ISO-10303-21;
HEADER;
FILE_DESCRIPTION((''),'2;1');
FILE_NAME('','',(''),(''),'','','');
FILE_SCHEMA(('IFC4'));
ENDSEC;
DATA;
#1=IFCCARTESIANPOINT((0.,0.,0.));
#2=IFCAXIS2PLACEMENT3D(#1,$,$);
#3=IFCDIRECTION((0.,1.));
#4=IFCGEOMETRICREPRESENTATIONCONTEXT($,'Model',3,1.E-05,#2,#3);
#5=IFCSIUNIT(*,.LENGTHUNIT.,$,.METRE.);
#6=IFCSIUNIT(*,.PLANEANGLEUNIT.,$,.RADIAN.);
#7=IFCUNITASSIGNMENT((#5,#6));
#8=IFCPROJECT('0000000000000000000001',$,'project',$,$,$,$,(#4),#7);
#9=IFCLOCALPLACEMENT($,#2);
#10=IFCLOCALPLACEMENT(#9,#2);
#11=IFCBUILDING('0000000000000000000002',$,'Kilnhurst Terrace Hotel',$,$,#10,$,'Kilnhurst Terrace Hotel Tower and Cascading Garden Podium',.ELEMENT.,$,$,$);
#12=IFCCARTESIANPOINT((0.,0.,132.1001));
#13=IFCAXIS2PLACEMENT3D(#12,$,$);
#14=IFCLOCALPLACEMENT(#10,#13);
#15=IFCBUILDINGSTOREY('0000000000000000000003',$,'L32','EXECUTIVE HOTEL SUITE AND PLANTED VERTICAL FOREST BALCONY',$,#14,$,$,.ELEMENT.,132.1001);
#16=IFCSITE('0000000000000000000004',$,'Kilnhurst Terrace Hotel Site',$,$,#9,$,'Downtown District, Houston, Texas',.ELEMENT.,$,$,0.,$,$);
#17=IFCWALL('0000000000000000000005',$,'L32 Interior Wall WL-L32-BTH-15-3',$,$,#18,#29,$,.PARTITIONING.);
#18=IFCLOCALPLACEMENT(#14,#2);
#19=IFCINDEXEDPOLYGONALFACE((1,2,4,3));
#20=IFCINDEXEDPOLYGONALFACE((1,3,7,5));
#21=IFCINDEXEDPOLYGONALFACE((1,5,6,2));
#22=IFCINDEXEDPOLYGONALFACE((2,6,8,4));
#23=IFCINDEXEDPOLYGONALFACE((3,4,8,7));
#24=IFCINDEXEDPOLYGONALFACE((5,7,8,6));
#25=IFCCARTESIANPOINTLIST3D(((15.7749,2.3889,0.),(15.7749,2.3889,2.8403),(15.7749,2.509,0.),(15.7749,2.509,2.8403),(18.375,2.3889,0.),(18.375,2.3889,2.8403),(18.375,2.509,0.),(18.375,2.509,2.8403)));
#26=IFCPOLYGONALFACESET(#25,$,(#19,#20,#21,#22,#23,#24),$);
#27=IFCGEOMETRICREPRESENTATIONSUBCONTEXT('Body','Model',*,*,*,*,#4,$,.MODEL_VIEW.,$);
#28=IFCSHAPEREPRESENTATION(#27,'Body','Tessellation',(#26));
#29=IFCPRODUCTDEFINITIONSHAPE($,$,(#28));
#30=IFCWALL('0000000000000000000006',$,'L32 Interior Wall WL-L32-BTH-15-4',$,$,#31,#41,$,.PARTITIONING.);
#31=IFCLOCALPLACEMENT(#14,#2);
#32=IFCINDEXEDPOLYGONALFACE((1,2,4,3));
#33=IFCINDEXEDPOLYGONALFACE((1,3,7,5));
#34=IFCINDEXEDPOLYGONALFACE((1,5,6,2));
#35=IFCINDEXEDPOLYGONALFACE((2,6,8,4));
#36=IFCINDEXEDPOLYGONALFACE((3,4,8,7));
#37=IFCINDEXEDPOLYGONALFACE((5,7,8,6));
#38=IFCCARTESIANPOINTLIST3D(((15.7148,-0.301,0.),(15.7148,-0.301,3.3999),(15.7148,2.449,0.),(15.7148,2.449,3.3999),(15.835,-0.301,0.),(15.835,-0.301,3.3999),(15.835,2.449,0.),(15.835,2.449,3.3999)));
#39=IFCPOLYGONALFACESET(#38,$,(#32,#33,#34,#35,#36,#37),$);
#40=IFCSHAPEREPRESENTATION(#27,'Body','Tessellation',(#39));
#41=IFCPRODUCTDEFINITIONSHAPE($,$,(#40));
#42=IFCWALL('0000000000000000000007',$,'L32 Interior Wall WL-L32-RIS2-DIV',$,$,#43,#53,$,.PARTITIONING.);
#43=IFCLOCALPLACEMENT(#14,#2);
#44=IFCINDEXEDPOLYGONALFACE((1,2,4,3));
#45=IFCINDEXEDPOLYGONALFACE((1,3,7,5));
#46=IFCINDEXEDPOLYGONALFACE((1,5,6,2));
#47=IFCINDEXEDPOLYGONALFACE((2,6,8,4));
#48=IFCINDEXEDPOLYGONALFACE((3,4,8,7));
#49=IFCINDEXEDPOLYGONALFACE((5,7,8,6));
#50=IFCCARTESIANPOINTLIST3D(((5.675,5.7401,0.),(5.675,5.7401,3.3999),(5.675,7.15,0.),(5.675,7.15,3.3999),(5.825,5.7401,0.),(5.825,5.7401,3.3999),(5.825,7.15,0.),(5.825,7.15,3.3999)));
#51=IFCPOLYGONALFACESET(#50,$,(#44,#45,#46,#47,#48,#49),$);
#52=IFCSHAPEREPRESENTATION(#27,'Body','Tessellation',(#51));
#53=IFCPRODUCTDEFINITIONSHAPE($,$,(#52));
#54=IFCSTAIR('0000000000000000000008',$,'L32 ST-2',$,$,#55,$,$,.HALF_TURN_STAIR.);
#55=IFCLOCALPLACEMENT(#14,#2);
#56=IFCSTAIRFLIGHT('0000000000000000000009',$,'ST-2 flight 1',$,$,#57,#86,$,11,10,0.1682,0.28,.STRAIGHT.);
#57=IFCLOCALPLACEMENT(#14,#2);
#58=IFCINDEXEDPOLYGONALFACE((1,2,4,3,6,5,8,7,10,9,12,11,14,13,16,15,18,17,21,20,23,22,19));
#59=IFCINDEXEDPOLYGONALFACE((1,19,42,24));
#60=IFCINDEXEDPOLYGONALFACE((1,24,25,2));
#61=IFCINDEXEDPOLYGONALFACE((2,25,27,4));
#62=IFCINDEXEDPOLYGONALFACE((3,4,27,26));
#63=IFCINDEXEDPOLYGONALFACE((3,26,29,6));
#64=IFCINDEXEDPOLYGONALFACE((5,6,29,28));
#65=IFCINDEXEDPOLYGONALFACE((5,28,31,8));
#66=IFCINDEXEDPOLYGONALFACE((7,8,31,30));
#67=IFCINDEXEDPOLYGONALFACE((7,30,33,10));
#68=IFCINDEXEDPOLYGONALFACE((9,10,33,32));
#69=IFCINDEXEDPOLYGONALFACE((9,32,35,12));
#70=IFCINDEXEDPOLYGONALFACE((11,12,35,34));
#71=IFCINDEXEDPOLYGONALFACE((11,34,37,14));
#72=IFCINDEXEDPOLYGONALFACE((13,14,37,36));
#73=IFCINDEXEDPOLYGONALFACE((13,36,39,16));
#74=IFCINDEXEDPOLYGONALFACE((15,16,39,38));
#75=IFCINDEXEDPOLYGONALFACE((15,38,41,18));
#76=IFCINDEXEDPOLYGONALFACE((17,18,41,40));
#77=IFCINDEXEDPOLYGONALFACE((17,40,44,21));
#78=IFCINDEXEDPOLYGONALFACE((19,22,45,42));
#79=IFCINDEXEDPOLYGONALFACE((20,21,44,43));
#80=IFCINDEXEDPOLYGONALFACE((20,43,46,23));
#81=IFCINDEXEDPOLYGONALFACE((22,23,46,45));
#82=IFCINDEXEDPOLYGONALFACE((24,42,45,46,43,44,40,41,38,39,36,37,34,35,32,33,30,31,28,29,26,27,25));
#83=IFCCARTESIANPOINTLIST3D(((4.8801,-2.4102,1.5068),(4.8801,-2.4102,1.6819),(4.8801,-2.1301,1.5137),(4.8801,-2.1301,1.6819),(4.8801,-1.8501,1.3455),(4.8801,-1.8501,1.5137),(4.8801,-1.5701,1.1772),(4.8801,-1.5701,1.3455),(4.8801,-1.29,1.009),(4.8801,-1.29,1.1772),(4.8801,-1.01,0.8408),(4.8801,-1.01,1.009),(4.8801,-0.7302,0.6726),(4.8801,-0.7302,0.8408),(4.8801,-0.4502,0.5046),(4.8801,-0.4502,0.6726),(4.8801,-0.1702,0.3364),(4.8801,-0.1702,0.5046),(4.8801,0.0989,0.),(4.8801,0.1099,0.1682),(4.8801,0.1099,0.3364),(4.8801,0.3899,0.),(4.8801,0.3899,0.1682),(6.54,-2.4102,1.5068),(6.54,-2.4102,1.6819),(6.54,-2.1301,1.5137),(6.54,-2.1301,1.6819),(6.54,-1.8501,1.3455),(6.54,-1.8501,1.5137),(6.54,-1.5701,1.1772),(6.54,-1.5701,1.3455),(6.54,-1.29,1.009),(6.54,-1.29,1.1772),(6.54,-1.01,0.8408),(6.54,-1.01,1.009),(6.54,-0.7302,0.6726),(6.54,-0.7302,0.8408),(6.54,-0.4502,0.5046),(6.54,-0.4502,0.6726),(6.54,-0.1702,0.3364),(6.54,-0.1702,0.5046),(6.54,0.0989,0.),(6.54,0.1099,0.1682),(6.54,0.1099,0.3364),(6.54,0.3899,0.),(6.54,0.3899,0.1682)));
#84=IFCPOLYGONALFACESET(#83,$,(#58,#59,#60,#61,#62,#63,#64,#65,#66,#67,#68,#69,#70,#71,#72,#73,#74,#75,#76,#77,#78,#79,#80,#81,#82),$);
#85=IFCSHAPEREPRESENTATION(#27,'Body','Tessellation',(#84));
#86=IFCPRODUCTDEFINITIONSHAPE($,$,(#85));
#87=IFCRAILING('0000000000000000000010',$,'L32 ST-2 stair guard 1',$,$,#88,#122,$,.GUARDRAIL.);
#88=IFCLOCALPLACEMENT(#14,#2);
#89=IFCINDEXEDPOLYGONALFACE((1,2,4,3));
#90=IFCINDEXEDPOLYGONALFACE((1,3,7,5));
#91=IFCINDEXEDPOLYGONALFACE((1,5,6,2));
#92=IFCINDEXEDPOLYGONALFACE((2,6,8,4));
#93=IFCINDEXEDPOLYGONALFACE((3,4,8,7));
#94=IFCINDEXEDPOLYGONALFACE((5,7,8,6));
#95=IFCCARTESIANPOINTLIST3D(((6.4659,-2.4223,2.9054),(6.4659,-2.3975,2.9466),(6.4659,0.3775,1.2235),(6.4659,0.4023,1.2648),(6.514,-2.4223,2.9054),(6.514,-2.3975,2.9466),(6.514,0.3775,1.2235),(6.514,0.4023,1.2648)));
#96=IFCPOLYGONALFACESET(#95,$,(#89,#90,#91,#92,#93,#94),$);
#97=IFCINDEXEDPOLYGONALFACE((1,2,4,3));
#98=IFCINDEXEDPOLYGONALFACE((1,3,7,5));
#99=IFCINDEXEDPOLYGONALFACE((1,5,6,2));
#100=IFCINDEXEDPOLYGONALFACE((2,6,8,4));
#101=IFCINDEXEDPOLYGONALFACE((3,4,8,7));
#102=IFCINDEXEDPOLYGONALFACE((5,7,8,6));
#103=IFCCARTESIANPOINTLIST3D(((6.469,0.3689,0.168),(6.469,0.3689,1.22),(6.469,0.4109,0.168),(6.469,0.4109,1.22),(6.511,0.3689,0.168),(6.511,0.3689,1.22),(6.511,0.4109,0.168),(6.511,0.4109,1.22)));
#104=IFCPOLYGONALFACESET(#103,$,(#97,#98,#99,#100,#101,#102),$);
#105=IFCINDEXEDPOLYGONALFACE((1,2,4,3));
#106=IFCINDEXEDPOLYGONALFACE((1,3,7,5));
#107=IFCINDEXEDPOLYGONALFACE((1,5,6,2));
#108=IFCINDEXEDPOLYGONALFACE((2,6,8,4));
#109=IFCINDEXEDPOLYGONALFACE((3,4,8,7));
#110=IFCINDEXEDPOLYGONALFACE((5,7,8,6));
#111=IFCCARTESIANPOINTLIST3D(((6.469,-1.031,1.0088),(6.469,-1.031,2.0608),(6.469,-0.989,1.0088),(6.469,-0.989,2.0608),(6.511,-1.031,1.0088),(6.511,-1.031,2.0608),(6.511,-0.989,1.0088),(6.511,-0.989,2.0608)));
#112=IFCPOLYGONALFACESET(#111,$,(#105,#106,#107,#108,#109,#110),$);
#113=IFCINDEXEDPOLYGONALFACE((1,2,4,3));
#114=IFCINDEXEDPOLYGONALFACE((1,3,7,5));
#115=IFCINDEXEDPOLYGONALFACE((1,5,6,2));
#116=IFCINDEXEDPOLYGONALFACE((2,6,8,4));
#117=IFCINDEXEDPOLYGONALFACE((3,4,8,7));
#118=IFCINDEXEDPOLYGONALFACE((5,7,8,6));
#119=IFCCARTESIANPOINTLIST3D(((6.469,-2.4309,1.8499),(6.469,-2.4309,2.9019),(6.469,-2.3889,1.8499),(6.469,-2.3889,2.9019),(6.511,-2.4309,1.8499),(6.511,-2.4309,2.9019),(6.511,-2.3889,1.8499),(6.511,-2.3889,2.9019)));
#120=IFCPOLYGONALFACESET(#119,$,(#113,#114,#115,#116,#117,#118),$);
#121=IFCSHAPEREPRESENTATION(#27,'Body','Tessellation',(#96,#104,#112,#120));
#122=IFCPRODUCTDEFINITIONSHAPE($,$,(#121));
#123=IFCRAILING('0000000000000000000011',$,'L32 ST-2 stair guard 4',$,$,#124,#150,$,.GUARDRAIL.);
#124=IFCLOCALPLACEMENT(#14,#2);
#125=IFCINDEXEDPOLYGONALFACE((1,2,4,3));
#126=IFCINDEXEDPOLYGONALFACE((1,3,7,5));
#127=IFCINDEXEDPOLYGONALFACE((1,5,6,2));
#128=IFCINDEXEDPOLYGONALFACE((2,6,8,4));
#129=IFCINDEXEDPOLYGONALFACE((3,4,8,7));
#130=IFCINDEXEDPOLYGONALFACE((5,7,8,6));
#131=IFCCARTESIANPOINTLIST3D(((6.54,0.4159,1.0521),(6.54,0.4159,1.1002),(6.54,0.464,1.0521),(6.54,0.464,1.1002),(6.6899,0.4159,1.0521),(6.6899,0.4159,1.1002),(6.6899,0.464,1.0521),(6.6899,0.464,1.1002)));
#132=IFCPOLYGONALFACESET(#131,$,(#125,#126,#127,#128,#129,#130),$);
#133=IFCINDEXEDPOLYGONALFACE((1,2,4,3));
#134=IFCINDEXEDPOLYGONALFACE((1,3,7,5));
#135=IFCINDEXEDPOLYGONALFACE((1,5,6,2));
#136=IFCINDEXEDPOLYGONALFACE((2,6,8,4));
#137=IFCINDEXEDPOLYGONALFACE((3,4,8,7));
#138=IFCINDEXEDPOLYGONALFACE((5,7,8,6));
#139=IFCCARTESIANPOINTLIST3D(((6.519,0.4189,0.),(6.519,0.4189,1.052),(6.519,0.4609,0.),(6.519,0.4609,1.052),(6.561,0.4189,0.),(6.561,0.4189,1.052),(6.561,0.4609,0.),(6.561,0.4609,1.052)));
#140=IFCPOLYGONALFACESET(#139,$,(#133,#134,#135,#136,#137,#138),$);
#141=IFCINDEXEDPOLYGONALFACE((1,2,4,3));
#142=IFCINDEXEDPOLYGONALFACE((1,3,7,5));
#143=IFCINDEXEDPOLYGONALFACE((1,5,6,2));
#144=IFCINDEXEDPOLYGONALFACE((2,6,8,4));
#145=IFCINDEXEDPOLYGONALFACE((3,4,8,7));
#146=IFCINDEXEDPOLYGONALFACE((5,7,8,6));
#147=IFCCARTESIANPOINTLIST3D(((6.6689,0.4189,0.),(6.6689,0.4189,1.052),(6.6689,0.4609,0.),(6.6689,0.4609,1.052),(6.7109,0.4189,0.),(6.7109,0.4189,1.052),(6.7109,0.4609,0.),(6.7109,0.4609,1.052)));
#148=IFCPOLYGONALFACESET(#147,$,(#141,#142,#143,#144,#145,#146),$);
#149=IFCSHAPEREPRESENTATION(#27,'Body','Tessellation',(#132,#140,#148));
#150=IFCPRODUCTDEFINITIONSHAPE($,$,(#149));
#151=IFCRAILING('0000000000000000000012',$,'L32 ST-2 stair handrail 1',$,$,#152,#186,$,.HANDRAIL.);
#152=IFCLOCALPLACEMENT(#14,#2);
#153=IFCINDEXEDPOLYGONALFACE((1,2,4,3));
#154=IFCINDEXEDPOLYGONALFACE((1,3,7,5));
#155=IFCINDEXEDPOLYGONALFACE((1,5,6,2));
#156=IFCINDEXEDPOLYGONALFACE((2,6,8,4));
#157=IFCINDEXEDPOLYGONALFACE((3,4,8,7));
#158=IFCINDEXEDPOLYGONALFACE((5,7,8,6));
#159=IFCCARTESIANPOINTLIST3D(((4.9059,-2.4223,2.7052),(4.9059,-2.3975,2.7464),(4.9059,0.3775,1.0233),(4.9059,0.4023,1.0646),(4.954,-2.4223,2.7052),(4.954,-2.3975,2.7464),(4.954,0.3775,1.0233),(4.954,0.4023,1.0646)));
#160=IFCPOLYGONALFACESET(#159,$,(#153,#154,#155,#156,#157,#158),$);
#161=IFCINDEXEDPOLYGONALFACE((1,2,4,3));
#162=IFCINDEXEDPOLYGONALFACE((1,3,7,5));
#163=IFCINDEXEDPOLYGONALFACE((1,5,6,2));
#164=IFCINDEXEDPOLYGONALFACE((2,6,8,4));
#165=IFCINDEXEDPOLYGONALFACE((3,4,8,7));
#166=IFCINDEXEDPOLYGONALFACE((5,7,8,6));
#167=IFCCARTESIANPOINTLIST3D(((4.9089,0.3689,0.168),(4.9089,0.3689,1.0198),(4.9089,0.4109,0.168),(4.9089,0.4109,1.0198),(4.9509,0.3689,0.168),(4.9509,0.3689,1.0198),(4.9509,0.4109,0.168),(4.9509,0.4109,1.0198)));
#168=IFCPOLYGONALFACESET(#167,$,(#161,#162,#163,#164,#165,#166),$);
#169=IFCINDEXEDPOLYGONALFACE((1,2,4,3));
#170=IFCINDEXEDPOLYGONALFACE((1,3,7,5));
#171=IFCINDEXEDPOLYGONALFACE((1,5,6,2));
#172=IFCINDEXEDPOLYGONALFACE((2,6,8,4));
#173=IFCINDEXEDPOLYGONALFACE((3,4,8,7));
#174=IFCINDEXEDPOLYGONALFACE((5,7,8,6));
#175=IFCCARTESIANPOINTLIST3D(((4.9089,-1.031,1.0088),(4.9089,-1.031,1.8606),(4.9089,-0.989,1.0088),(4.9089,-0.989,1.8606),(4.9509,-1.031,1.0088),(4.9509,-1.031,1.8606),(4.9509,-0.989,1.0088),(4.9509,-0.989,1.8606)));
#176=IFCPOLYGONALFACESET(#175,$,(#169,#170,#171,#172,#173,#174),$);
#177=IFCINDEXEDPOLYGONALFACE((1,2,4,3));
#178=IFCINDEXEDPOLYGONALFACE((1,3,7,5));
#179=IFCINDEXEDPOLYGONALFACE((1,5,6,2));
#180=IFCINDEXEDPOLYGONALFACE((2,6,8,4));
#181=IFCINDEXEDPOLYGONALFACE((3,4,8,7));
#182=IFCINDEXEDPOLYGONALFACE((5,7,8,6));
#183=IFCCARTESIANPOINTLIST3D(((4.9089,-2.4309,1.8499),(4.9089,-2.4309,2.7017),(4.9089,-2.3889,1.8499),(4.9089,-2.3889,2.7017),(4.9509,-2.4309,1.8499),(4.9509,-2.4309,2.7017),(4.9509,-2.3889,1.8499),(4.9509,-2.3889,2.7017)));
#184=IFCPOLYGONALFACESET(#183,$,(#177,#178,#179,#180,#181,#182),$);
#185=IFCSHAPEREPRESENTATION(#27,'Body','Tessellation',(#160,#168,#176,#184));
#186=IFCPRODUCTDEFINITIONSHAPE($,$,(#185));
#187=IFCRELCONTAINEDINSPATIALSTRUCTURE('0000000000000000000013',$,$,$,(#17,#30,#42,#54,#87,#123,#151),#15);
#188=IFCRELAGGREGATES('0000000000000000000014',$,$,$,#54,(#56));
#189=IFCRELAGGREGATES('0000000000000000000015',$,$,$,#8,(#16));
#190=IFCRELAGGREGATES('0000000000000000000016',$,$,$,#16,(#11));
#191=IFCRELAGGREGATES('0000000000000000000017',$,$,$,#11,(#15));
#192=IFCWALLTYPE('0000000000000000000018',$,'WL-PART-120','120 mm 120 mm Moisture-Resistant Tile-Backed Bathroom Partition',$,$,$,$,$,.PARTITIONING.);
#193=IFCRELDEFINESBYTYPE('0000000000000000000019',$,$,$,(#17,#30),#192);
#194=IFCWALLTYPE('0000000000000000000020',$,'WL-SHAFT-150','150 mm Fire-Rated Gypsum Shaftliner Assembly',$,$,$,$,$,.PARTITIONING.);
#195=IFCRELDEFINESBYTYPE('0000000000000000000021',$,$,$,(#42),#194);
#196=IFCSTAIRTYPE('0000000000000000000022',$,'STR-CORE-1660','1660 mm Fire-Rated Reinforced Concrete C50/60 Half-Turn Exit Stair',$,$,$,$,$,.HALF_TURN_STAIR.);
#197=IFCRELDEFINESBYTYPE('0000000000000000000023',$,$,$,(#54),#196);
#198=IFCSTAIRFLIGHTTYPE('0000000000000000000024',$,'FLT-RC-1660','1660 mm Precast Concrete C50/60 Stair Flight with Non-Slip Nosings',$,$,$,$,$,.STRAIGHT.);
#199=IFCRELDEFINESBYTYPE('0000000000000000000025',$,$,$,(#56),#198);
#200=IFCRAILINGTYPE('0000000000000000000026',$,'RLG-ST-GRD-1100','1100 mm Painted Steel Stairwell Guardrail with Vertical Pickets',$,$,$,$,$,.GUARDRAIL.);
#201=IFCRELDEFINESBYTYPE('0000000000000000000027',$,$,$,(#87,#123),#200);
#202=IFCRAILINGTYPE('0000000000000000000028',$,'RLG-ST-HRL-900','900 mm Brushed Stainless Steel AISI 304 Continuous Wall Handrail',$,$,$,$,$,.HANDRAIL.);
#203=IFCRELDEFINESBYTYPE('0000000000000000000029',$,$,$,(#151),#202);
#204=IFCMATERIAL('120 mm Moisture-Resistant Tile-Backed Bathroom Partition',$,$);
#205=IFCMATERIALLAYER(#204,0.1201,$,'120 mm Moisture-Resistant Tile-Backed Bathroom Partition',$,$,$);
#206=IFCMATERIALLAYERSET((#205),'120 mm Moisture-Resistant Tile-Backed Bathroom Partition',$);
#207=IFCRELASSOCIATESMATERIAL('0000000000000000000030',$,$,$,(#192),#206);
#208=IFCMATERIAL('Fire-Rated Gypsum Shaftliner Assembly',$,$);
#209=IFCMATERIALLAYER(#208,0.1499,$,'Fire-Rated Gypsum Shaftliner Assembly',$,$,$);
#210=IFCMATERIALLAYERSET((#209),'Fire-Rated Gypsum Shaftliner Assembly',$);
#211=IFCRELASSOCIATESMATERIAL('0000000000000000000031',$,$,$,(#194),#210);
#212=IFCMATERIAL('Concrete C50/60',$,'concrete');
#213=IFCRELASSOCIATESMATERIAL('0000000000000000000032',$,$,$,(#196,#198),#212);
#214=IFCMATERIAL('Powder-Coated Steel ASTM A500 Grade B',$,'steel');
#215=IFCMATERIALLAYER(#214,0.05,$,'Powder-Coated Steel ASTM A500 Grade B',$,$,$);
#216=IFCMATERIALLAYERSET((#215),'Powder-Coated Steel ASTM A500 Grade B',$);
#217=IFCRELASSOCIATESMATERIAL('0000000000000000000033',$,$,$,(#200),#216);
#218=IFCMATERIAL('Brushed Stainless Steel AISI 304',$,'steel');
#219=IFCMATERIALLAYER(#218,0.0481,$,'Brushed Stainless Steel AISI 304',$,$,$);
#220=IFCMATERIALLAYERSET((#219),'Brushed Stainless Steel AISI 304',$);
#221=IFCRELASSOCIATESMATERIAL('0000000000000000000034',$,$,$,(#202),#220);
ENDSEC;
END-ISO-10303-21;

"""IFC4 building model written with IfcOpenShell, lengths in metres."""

from ifc_helpers import new_model, si_unit, direction, frame, frame_2d, origin, origin_2d, place, context, subcontext, project, spatial, polyline, rectangle, outline, extrude, material, layer, layer_set, type_object, element, aggregate, save


model = new_model("IFC4")

# Units and contexts
model_context = context("Model", 3, precision=1e-05, world=origin(), true_north=direction((0.0, 1.0)))
body_context = subcontext(model_context, "Body", "Model", "MODEL_VIEW")
ifc_project = project(units=[si_unit("LENGTHUNIT", "METRE"), si_unit("PLANEANGLEUNIT", "RADIAN")], contexts=[model_context])

# Site, building, storey
site_placement = place(None, origin())
site = spatial("IfcSite", under=ifc_project, at=site_placement, Name="Kilnhurst Terrace Hotel Site", LongName="Downtown District, Houston, Texas", CompositionType="ELEMENT", RefElevation=0.0)
building_placement = place(site_placement, origin())
building = spatial("IfcBuilding", under=site, at=building_placement, Name="Kilnhurst Terrace Hotel", LongName="Kilnhurst Terrace Hotel Tower and Cascading Garden Podium", CompositionType="ELEMENT")
storey_placement = place(building_placement, frame((0.0, 0.0, 132.1001)))
storey = spatial("IfcBuildingStorey", under=building, at=storey_placement, Name="L32", Description="EXECUTIVE HOTEL SUITE AND PLANTED VERTICAL FOREST BALCONY", CompositionType="ELEMENT", Elevation=132.1001)

# Shared definitions
ifc_material_1 = material(Name="Concrete C50/60", Category="concrete")

# Walls
ifc_material_2 = material(Name="120 mm Moisture-Resistant Tile-Backed Bathroom Partition")
ifc_layer_1 = layer(ifc_material_2, 0.1201, Name="120 mm Moisture-Resistant Tile-Backed Bathroom Partition")
ifc_layer_set_1 = layer_set([ifc_layer_1], Name="120 mm Moisture-Resistant Tile-Backed Bathroom Partition")
wall_type_1 = type_object("IfcWallType", Name="WL-PART-120", Description="120 mm 120 mm Moisture-Resistant Tile-Backed Bathroom Partition", PredefinedType="PARTITIONING", material=ifc_layer_set_1)
wall_1_placement = place(storey_placement, frame((18.375, 2.449, 0.0), z_axis=(0.0, 0.0, 1.0), x_axis=(-1.0, 0.0, 0.0)))
element("IfcWall", 1, at=wall_1_placement, inside=storey, type_object=wall_type_1, Name="L32 Interior Wall WL-L32-BTH-15-3", PredefinedType="PARTITIONING", context=body_context, shape_type="SweptSolid", body=[
    extrude(rectangle(XDim=2.6001, YDim=0.1201, at=frame_2d((1.3, 0.0))), origin(), (0.0, 0.0, 1.0), 2.8403),
])
wall_2_placement = place(storey_placement, frame((15.7749, 2.449, 0.0), z_axis=(0.0, 0.0, 1.0), x_axis=(0.0, -1.0, 0.0)))
element("IfcWall", 2, at=wall_2_placement, inside=storey, type_object=wall_type_1, Name="L32 Interior Wall WL-L32-BTH-15-4", PredefinedType="PARTITIONING", context=body_context, shape_type="SweptSolid", body=[
    extrude(rectangle(XDim=2.75, YDim=0.1201, at=frame_2d((1.375, 0.0))), origin(), (0.0, 0.0, 1.0), 3.3999),
])
ifc_material_3 = material(Name="Fire-Rated Gypsum Shaftliner Assembly")
ifc_layer_2 = layer(ifc_material_3, 0.1499, Name="Fire-Rated Gypsum Shaftliner Assembly")
ifc_layer_set_2 = layer_set([ifc_layer_2], Name="Fire-Rated Gypsum Shaftliner Assembly")
wall_type_2 = type_object("IfcWallType", Name="WL-SHAFT-150", Description="150 mm Fire-Rated Gypsum Shaftliner Assembly", PredefinedType="PARTITIONING", material=ifc_layer_set_2)
wall_3_placement = place(storey_placement, frame((5.75, 5.74, 0.0), z_axis=(0.0, 0.0, 1.0), x_axis=(0.0, 1.0, 0.0)))
element("IfcWall", 3, at=wall_3_placement, inside=storey, type_object=wall_type_2, Name="L32 Interior Wall WL-L32-RIS2-DIV", PredefinedType="PARTITIONING", context=body_context, shape_type="SweptSolid", body=[
    extrude(rectangle(XDim=1.4099, YDim=0.1499, at=frame_2d((0.7051, 0.0))), origin(), (0.0, 0.0, 1.0), 3.3999),
])

# Stair, stair flight
stair_type = type_object("IfcStairType", Name="STR-CORE-1660", Description="1660 mm Fire-Rated Reinforced Concrete C50/60 Half-Turn Exit Stair", PredefinedType="HALF_TURN_STAIR", material=ifc_material_1)
stair_placement = place(storey_placement, origin())
stair = element("IfcStair", 4, at=stair_placement, inside=storey, type_object=stair_type, Name="L32 ST-2", PredefinedType="HALF_TURN_STAIR")
stair_flight_type = type_object("IfcStairFlightType", Name="FLT-RC-1660", Description="1660 mm Precast Concrete C50/60 Stair Flight with Non-Slip Nosings", PredefinedType="STRAIGHT", material=ifc_material_1)
stair_flight_placement = place(storey_placement, frame((5.71, 0.3899, 0.0), z_axis=(0.0, 0.0, 1.0), x_axis=(0.0, -1.0, 0.0)))
stair_flight = element("IfcStairFlight", 5, at=stair_flight_placement, type_object=stair_flight_type, Name="ST-2 flight 1", NumberOfRisers=11, NumberOfTreads=10, PredefinedType="STRAIGHT", RiserHeight=0.1682, TreadLength=0.28, context=body_context, shape_type="SweptSolid", body=[
    extrude(outline(polyline([(0.0, 0.0), (0.0, 0.1682), (0.28, 0.1682), (0.28, 0.3364), (0.5601, 0.3364), (0.5601, 0.5046), (0.8401, 0.5046), (0.8401, 0.6726), (1.1201, 0.6726), (1.1201, 0.8408), (1.3999, 0.8408), (1.3999, 1.009), (1.6799, 1.009), (1.6799, 1.1772), (1.96, 1.1772), (1.96, 1.3455), (2.24, 1.3455), (2.24, 1.5137), (2.52, 1.5137), (2.52, 1.6819), (2.8, 1.6819), (2.8, 1.8501), (2.8, 1.5068), (0.291, 0.0), (0.0, 0.0)])), frame((0.0, 0.8301, 0.0), z_axis=(0.0, -1.0, 0.0), x_axis=(1.0, 0.0, 0.0)), (0.0, 0.0, 1.0), 1.6599),
])
aggregate(stair, [stair_flight])

# Railings
ifc_material_4 = material(Name="Powder-Coated Steel ASTM A500 Grade B", Category="steel")
ifc_layer_3 = layer(ifc_material_4, 0.05, Name="Powder-Coated Steel ASTM A500 Grade B")
ifc_layer_set_3 = layer_set([ifc_layer_3], Name="Powder-Coated Steel ASTM A500 Grade B")
railing_type_1 = type_object("IfcRailingType", Name="RLG-ST-GRD-1100", Description="1100 mm Painted Steel Stairwell Guardrail with Vertical Pickets", PredefinedType="GUARDRAIL", material=ifc_layer_set_3)
railing_1_placement = place(storey_placement, frame((6.49, 0.3899, 0.168)))
element("IfcRailing", 6, at=railing_1_placement, inside=storey, type_object=railing_type_1, Name="L32 ST-2 stair guard 1", PredefinedType="GUARDRAIL", context=body_context, shape_type="SweptSolid", body=[
    extrude(rectangle(XDim=0.0481, YDim=0.0481, at=origin_2d()), frame((0.0, 0.0, 1.0762), z_axis=(0.0, -0.857222, 0.514946), x_axis=(1.0, 0.0, 0.0)), (0.0, 0.0, 1.0), 3.2661),
    extrude(rectangle(XDim=0.042, YDim=0.042, at=origin_2d()), origin(), (0.0, 0.0, 1.0), 1.052),
    extrude(rectangle(XDim=0.042, YDim=0.042, at=origin_2d()), frame((0.0, -1.3999, 0.8408)), (0.0, 0.0, 1.0), 1.052),
    extrude(rectangle(XDim=0.042, YDim=0.042, at=origin_2d()), frame((0.0, -2.7998, 1.6819)), (0.0, 0.0, 1.0), 1.052),
])
railing_2_placement = place(storey_placement, frame((6.54, 0.4399, 0.0)))
element("IfcRailing", 7, at=railing_2_placement, inside=storey, type_object=railing_type_1, Name="L32 ST-2 stair guard 4", PredefinedType="GUARDRAIL", context=body_context, shape_type="SweptSolid", body=[
    extrude(rectangle(XDim=0.0481, YDim=0.0481, at=origin_2d()), frame((0.0, 0.0, 1.0762), z_axis=(1.0, 0.0, 0.0), x_axis=(0.0, 1.0, 0.0)), (0.0, 0.0, 1.0), 0.1499),
    extrude(rectangle(XDim=0.042, YDim=0.042, at=origin_2d()), origin(), (0.0, 0.0, 1.0), 1.052),
    extrude(rectangle(XDim=0.042, YDim=0.042, at=origin_2d()), frame((0.1499, 0.0, 0.0)), (0.0, 0.0, 1.0), 1.052),
])
ifc_material_5 = material(Name="Brushed Stainless Steel AISI 304", Category="steel")
ifc_layer_4 = layer(ifc_material_5, 0.0481, Name="Brushed Stainless Steel AISI 304")
ifc_layer_set_4 = layer_set([ifc_layer_4], Name="Brushed Stainless Steel AISI 304")
railing_type_2 = type_object("IfcRailingType", Name="RLG-ST-HRL-900", Description="900 mm Brushed Stainless Steel AISI 304 Continuous Wall Handrail", PredefinedType="HANDRAIL", material=ifc_layer_set_4)
railing_3_placement = place(storey_placement, frame((4.9299, 0.3899, 0.168)))
element("IfcRailing", 8, at=railing_3_placement, inside=storey, type_object=railing_type_2, Name="L32 ST-2 stair handrail 1", PredefinedType="HANDRAIL", context=body_context, shape_type="SweptSolid", body=[
    extrude(rectangle(XDim=0.0481, YDim=0.0481, at=origin_2d()), frame((0.0, 0.0, 0.876), z_axis=(0.0, -0.857222, 0.514946), x_axis=(1.0, 0.0, 0.0)), (0.0, 0.0, 1.0), 3.2661),
    extrude(rectangle(XDim=0.042, YDim=0.042, at=origin_2d()), origin(), (0.0, 0.0, 1.0), 0.8518),
    extrude(rectangle(XDim=0.042, YDim=0.042, at=origin_2d()), frame((0.0, -1.3999, 0.8408)), (0.0, 0.0, 1.0), 0.8518),
    extrude(rectangle(XDim=0.042, YDim=0.042, at=origin_2d()), frame((0.0, -2.7998, 1.6819)), (0.0, 0.0, 1.0), 0.8518),
])

save(model, "model.ifc")
